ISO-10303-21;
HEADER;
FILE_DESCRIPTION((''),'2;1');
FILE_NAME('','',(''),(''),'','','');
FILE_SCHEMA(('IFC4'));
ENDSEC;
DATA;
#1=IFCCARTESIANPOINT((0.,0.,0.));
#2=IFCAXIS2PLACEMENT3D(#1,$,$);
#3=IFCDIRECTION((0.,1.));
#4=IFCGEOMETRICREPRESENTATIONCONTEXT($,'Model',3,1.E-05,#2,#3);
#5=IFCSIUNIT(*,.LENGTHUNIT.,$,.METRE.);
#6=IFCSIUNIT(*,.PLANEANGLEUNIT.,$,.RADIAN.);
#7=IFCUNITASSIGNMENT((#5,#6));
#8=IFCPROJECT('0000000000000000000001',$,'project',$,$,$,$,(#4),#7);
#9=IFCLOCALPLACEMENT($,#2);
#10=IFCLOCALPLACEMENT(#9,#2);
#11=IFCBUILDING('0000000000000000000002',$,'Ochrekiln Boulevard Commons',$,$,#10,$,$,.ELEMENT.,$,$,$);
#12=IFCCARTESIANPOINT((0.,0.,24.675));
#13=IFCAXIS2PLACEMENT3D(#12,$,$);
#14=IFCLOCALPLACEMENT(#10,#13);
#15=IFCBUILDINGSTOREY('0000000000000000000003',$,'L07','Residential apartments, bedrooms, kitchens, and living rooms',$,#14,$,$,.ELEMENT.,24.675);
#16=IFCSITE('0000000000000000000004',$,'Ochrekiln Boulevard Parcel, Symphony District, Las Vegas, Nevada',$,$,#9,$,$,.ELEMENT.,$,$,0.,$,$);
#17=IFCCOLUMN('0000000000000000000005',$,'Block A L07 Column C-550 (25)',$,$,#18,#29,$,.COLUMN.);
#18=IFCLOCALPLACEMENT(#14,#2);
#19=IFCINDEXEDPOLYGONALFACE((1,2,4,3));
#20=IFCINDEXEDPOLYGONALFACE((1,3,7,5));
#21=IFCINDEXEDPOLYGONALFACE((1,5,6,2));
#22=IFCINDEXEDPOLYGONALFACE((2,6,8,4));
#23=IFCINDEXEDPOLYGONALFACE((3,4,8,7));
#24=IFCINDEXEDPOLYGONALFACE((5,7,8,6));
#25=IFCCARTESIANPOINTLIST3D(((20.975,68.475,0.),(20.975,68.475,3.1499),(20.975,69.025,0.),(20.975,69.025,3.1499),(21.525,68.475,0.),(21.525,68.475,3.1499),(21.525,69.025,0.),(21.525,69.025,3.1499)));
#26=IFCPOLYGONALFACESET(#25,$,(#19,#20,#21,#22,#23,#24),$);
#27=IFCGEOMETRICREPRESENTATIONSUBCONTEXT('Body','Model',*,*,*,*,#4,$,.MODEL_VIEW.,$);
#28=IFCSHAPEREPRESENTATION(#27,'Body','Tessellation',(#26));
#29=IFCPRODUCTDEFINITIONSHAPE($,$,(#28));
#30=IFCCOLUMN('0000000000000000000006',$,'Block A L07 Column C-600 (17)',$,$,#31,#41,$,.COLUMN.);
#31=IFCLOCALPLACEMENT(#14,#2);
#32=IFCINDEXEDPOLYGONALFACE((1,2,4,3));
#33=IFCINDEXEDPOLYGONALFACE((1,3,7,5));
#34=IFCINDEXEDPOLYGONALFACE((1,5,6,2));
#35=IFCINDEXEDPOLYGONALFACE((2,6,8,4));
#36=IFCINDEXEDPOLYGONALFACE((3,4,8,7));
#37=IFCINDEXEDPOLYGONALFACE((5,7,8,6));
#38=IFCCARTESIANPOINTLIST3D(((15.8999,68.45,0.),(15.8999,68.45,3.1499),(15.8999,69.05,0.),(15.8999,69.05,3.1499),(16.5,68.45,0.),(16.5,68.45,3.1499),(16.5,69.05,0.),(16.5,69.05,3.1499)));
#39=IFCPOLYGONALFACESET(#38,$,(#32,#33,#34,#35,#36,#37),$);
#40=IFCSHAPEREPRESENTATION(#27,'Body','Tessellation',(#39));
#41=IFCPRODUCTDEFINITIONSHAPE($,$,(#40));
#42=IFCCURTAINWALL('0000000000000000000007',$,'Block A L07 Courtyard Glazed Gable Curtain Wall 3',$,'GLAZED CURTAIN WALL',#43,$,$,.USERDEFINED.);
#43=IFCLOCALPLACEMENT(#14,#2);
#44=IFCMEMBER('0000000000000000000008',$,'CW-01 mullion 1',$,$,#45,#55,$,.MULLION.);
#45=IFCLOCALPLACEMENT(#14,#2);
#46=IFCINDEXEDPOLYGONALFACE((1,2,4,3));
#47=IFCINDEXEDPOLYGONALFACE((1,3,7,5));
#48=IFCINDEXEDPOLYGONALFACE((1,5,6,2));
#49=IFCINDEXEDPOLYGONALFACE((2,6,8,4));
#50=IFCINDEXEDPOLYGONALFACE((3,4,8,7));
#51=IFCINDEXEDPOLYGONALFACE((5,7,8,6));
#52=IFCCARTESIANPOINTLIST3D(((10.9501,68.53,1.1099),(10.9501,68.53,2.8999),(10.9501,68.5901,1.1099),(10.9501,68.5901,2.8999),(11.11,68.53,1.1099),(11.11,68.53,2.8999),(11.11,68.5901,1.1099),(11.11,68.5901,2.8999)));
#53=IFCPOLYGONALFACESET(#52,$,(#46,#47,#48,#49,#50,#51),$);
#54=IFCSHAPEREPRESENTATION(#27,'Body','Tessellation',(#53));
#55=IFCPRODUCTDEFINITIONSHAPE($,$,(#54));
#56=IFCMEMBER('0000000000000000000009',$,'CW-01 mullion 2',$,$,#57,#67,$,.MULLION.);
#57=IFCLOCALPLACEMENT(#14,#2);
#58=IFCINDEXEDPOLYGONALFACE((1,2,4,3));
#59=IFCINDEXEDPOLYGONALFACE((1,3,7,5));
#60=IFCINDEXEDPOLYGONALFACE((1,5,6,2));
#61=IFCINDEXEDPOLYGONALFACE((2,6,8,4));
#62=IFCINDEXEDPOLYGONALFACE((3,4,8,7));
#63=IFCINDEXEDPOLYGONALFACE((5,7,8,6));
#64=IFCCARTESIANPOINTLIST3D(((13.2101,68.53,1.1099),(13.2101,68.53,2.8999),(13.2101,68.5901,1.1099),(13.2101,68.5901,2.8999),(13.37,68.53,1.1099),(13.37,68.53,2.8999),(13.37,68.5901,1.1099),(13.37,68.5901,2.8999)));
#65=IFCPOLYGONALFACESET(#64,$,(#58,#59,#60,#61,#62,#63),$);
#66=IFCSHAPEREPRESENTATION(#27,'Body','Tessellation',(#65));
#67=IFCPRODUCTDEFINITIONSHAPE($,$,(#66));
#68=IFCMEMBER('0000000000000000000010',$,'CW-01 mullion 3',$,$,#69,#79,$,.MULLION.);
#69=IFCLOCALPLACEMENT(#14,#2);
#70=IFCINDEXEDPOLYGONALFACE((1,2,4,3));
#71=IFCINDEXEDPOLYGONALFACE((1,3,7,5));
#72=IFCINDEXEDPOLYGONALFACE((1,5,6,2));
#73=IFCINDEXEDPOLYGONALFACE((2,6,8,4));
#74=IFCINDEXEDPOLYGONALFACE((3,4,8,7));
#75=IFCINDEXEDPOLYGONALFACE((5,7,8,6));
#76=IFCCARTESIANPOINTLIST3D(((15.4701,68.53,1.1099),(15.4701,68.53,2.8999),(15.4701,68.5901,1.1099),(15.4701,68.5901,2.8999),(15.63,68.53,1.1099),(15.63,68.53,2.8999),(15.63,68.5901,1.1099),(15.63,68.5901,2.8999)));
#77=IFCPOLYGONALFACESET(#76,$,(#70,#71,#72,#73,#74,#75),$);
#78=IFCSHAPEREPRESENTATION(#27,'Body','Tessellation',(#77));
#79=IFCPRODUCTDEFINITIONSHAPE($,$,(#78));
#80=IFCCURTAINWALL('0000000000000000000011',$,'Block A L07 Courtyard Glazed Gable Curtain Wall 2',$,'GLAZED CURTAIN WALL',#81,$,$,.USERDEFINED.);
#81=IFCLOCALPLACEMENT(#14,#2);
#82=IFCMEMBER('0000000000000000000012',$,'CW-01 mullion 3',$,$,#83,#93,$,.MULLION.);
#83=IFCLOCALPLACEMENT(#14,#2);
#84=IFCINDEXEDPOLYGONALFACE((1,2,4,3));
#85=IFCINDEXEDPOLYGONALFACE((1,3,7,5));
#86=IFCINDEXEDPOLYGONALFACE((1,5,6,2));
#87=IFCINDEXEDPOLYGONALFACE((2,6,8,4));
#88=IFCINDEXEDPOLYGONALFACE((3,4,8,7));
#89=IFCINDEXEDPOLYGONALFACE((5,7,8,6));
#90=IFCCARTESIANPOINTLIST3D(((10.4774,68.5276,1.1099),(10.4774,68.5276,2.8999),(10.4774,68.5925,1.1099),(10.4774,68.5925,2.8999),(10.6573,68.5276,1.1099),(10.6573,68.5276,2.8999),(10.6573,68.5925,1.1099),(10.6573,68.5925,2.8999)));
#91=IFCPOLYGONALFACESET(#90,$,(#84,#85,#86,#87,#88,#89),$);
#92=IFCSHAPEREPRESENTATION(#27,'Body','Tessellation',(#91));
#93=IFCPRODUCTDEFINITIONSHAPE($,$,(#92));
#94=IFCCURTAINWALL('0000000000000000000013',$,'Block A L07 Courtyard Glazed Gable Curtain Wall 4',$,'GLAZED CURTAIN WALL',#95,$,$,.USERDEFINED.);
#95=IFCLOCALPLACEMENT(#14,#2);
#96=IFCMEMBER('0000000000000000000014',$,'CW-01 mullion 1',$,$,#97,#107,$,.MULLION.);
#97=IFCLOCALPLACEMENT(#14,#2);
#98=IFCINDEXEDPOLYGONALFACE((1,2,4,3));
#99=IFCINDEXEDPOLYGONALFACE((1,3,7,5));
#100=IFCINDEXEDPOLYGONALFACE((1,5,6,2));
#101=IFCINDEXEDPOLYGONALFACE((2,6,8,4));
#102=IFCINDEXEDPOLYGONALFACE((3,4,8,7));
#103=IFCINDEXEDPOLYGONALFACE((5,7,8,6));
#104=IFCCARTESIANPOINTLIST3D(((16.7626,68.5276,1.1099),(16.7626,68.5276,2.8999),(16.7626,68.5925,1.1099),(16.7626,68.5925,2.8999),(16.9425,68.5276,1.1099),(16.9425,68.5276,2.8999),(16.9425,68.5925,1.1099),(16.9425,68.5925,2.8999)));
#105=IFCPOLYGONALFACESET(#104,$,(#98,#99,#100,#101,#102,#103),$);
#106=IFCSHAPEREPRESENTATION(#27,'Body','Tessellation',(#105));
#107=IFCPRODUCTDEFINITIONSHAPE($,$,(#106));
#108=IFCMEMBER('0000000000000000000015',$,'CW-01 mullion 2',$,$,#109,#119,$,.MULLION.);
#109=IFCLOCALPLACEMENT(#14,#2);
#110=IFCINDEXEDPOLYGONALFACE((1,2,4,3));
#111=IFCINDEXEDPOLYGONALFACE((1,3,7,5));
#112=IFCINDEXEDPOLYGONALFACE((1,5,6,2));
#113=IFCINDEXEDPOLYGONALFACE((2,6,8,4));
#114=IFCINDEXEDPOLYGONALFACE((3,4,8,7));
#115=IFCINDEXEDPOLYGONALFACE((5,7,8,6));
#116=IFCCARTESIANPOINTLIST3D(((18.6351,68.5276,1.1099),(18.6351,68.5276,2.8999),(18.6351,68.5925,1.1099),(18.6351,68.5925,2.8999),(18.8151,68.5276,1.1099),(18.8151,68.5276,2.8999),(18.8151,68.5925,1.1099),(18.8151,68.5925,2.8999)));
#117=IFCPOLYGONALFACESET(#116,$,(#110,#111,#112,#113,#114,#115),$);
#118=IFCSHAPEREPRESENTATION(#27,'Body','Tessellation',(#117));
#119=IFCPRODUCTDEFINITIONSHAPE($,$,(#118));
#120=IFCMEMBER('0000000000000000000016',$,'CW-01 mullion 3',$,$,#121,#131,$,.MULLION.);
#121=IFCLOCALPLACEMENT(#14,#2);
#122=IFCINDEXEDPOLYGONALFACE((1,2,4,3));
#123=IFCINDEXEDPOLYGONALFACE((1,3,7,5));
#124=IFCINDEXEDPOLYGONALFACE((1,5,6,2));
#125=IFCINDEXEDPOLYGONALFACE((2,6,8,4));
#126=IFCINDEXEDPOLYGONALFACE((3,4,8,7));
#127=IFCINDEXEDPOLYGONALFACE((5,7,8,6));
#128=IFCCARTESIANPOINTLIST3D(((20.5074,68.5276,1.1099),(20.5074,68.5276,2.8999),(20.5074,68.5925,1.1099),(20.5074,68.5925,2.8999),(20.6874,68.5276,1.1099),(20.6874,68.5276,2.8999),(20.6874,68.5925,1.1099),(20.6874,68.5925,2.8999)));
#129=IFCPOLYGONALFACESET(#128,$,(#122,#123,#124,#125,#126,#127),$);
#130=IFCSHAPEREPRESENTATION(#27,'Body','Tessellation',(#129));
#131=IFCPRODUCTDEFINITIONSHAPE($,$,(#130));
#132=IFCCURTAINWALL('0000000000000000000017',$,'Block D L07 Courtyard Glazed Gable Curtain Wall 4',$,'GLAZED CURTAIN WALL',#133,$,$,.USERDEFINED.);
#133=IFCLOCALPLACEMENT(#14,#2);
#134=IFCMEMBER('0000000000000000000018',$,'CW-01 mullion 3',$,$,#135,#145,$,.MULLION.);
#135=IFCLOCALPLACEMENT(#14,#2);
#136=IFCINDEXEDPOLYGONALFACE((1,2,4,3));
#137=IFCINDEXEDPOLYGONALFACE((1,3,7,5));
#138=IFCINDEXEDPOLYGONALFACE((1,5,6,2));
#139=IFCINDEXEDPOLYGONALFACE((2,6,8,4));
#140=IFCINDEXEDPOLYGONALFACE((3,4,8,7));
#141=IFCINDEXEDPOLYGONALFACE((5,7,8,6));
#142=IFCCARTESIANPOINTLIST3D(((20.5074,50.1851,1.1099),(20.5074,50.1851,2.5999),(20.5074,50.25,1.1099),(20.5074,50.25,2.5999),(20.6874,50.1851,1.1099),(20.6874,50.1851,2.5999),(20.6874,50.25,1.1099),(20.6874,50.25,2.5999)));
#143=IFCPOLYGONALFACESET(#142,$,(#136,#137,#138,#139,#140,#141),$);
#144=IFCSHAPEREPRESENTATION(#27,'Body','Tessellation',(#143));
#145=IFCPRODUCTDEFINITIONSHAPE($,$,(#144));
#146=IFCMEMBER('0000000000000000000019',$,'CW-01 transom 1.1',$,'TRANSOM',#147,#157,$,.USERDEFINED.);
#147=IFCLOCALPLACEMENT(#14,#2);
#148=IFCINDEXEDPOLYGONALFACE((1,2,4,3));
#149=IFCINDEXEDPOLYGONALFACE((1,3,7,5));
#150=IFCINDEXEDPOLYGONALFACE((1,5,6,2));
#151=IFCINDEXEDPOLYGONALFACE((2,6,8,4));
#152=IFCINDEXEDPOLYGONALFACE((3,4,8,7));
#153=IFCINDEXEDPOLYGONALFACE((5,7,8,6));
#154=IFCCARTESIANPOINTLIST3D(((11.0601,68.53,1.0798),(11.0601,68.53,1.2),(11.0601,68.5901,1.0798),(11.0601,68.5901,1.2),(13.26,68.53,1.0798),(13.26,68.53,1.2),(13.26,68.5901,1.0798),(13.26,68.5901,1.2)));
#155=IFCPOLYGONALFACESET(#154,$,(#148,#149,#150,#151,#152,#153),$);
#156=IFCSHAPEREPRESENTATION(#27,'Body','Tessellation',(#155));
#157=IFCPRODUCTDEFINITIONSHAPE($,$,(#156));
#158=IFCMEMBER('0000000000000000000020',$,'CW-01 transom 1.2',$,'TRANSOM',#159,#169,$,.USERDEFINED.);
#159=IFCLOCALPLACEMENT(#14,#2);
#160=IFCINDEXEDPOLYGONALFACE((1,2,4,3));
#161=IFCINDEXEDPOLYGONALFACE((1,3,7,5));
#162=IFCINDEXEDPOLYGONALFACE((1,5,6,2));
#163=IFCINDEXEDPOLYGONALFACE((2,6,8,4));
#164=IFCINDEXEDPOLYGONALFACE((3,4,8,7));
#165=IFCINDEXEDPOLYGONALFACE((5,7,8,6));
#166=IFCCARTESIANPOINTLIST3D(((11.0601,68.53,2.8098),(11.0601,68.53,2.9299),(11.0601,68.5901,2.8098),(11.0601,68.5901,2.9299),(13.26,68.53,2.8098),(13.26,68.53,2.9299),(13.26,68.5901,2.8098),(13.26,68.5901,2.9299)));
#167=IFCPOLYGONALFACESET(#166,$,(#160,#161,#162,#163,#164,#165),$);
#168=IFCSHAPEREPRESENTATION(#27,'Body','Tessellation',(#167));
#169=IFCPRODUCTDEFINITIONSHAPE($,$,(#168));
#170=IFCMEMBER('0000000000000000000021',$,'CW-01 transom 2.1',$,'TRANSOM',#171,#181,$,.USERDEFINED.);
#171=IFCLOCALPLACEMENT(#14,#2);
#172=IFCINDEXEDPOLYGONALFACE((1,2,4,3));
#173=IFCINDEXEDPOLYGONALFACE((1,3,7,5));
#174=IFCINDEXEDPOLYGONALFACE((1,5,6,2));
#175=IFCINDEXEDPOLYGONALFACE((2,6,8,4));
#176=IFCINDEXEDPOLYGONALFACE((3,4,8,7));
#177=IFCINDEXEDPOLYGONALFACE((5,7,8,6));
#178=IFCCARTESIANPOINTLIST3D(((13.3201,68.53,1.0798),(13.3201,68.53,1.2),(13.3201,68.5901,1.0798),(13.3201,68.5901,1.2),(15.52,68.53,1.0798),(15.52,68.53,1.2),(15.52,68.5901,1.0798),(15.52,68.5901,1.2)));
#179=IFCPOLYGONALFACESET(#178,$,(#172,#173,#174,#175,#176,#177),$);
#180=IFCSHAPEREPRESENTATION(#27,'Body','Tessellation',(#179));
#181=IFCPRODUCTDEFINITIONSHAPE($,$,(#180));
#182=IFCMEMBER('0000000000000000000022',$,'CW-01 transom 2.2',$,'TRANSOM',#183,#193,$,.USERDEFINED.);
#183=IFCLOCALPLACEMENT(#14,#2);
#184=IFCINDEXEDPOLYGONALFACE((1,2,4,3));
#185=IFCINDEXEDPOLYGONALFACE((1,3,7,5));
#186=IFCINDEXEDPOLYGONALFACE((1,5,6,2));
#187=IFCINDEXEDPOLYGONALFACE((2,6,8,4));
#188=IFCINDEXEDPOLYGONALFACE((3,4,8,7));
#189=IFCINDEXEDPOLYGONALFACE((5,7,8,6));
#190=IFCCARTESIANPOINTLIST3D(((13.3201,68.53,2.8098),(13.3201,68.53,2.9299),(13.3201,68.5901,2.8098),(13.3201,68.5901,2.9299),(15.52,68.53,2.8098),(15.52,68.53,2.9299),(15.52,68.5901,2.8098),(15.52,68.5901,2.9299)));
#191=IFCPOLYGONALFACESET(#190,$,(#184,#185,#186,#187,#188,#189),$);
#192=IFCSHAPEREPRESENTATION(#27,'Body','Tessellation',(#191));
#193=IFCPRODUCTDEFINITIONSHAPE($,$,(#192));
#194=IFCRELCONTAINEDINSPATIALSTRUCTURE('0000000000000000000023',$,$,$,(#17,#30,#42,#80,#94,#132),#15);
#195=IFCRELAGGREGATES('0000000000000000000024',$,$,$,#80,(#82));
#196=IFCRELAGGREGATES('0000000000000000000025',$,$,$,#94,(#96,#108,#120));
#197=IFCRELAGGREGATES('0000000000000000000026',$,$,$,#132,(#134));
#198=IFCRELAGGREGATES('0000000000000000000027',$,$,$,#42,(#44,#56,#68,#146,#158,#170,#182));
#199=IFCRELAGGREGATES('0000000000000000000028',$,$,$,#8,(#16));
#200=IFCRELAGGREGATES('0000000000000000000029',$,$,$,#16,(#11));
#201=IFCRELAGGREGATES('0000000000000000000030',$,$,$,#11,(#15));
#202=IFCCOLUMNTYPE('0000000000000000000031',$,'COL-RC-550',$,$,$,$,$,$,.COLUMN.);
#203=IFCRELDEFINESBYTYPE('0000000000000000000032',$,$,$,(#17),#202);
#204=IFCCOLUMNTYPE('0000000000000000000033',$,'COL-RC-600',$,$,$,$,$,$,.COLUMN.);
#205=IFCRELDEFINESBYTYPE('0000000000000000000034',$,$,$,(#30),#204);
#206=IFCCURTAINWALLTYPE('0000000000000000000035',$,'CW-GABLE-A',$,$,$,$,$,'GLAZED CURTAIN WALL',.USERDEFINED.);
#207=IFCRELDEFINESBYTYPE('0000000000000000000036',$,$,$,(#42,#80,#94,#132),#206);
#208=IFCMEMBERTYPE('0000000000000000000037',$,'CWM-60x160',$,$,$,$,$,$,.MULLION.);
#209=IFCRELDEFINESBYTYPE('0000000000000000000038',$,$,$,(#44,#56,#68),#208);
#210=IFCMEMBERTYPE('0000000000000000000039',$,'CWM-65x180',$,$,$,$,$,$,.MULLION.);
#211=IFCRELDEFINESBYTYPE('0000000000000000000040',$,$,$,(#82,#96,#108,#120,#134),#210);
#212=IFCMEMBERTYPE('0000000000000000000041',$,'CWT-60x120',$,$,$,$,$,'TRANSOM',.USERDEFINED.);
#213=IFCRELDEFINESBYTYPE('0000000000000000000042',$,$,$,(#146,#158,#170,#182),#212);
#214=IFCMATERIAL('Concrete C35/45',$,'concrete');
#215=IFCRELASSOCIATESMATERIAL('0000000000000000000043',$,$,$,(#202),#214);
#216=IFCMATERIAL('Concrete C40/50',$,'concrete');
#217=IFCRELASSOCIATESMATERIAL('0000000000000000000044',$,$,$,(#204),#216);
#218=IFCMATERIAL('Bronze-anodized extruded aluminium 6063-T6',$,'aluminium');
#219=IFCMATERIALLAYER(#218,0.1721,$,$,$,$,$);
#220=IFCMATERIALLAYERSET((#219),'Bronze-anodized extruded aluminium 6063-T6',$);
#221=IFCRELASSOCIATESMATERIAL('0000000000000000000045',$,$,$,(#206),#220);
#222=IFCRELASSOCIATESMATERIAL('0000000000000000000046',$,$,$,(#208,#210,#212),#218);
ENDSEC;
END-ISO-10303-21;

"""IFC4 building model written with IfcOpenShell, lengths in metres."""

from ifc_helpers import new_model, si_unit, direction, frame, origin, origin_2d, place, context, subcontext, project, spatial, rectangle, extrude, material, layer, layer_set, material_profile, profile_set, type_object, element, aggregate, save


model = new_model("IFC4")

# Units and contexts
model_context = context("Model", 3, precision=1e-05, world=origin(), true_north=direction((0.0, 1.0)))
body_context = subcontext(model_context, "Body", "Model", "MODEL_VIEW")
ifc_project = project(units=[si_unit("LENGTHUNIT", "METRE"), si_unit("PLANEANGLEUNIT", "RADIAN")], contexts=[model_context])

# Site, building, storey
site_placement = place(None, origin())
site = spatial("IfcSite", under=ifc_project, at=site_placement, Name="Ochrekiln Boulevard Parcel, Symphony District, Las Vegas, Nevada", CompositionType="ELEMENT", RefElevation=0.0)
building_placement = place(site_placement, origin())
building = spatial("IfcBuilding", under=site, at=building_placement, Name="Ochrekiln Boulevard Commons", CompositionType="ELEMENT")
storey_placement = place(building_placement, frame((0.0, 0.0, 24.675)))
storey = spatial("IfcBuildingStorey", under=building, at=storey_placement, Name="L07", Description="Residential apartments, bedrooms, kitchens, and living rooms", CompositionType="ELEMENT", Elevation=24.675)

# Columns
ifc_material_1 = material(Name="Concrete C35/45", Category="concrete")
ifc_material_profile_1 = material_profile(ifc_material_1, rectangle(XDim=0.55, YDim=0.55, at=origin_2d()), Name="RC-COL-550x550")
ifc_profile_set_1 = profile_set([ifc_material_profile_1], Name="Concrete C35/45")
column_type_1 = type_object("IfcColumnType", Name="COL-RC-550", PredefinedType="COLUMN", material=ifc_profile_set_1)
column_1_placement = place(storey_placement, frame((21.25, 68.75, 0.0), z_axis=(0.0, 0.0, 1.0), x_axis=(1.0, 0.0, 0.0)))
element("IfcColumn", 1, at=column_1_placement, inside=storey, type_object=column_type_1, Name="Block A L07 Column C-550 (25)", PredefinedType="COLUMN", context=body_context, shape_type="SweptSolid", body=[
    extrude(rectangle(XDim=0.55, YDim=0.55, at=origin_2d()), origin(), (0.0, 0.0, 1.0), 3.1499),
])
ifc_material_2 = material(Name="Concrete C40/50", Category="concrete")
ifc_material_profile_2 = material_profile(ifc_material_2, rectangle(XDim=0.6001, YDim=0.6001, at=origin_2d()), Name="RC-COL-600x600")
ifc_profile_set_2 = profile_set([ifc_material_profile_2], Name="Concrete C40/50")
column_type_2 = type_object("IfcColumnType", Name="COL-RC-600", PredefinedType="COLUMN", material=ifc_profile_set_2)
column_2_placement = place(storey_placement, frame((16.2, 68.75, 0.0), z_axis=(0.0, 0.0, 1.0), x_axis=(1.0, 0.0, 0.0)))
element("IfcColumn", 2, at=column_2_placement, inside=storey, type_object=column_type_2, Name="Block A L07 Column C-600 (17)", PredefinedType="COLUMN", context=body_context, shape_type="SweptSolid", body=[
    extrude(rectangle(XDim=0.6001, YDim=0.6001, at=origin_2d()), origin(), (0.0, 0.0, 1.0), 3.1499),
])

# Curtain wall, members
ifc_material_3 = material(Name="Bronze-anodized extruded aluminium 6063-T6", Category="aluminium")
ifc_layer_1 = layer(ifc_material_3, 0.1721)
ifc_layer_set_1 = layer_set([ifc_layer_1], Name="Bronze-anodized extruded aluminium 6063-T6")
curtain_wall_type = type_object("IfcCurtainWallType", Name="CW-GABLE-A", ElementType="GLAZED CURTAIN WALL", PredefinedType="USERDEFINED", material=ifc_layer_set_1)
curtain_wall_1_placement = place(storey_placement, origin())
curtain_wall_1 = element("IfcCurtainWall", 3, at=curtain_wall_1_placement, inside=storey, type_object=curtain_wall_type, Name="Block A L07 Courtyard Glazed Gable Curtain Wall 3", ObjectType="GLAZED CURTAIN WALL", PredefinedType="USERDEFINED")
ifc_material_profile_3 = material_profile(ifc_material_3, rectangle(XDim=0.0601, YDim=0.1599, at=origin_2d()), Name="ALU-MUL-60x160")
ifc_profile_set_3 = profile_set([ifc_material_profile_3], Name="Bronze-anodized extruded aluminium 6063-T6")
member_type_1 = type_object("IfcMemberType", Name="CWM-60x160", PredefinedType="MULLION", material=ifc_profile_set_3)
member_1_placement = place(storey_placement, frame((11.03, 68.5601, 1.1099), z_axis=(0.0, 0.0, 1.0), x_axis=(0.0, 1.0, 0.0)))
member_1 = element("IfcMember", 4, at=member_1_placement, type_object=member_type_1, Name="CW-01 mullion 1", PredefinedType="MULLION", context=body_context, shape_type="SweptSolid", body=[
    extrude(rectangle(XDim=0.0601, YDim=0.1599, at=origin_2d()), origin(), (0.0, 0.0, 1.0), 1.79),
])
member_2_placement = place(storey_placement, frame((13.29, 68.5601, 1.1099), z_axis=(0.0, 0.0, 1.0), x_axis=(0.0, 1.0, 0.0)))
member_2 = element("IfcMember", 5, at=member_2_placement, type_object=member_type_1, Name="CW-01 mullion 2", PredefinedType="MULLION", context=body_context, shape_type="SweptSolid", body=[
    extrude(rectangle(XDim=0.0601, YDim=0.1599, at=origin_2d()), origin(), (0.0, 0.0, 1.0), 1.79),
])
member_3_placement = place(storey_placement, frame((15.55, 68.5601, 1.1099), z_axis=(0.0, 0.0, 1.0), x_axis=(0.0, 1.0, 0.0)))
member_3 = element("IfcMember", 6, at=member_3_placement, type_object=member_type_1, Name="CW-01 mullion 3", PredefinedType="MULLION", context=body_context, shape_type="SweptSolid", body=[
    extrude(rectangle(XDim=0.0601, YDim=0.1599, at=origin_2d()), origin(), (0.0, 0.0, 1.0), 1.79),
])

# Curtain wall, member
curtain_wall_2_placement = place(storey_placement, origin())
curtain_wall_2 = element("IfcCurtainWall", 7, at=curtain_wall_2_placement, inside=storey, type_object=curtain_wall_type, Name="Block A L07 Courtyard Glazed Gable Curtain Wall 2", ObjectType="GLAZED CURTAIN WALL", PredefinedType="USERDEFINED")
ifc_material_profile_4 = material_profile(ifc_material_3, rectangle(XDim=0.0649, YDim=0.1799, at=origin_2d()), Name="ALU-MUL-65x180")
ifc_profile_set_4 = profile_set([ifc_material_profile_4], Name="Bronze-anodized extruded aluminium 6063-T6")
member_type_2 = type_object("IfcMemberType", Name="CWM-65x180", PredefinedType="MULLION", material=ifc_profile_set_4)
member_4_placement = place(storey_placement, frame((10.5674, 68.5601, 1.1099), z_axis=(0.0, 0.0, 1.0), x_axis=(0.0, 1.0, 0.0)))
member_4 = element("IfcMember", 8, at=member_4_placement, type_object=member_type_2, Name="CW-01 mullion 3", PredefinedType="MULLION", context=body_context, shape_type="SweptSolid", body=[
    extrude(rectangle(XDim=0.0649, YDim=0.1799, at=origin_2d()), origin(), (0.0, 0.0, 1.0), 1.79),
])
aggregate(curtain_wall_2, [member_4])

# Curtain wall, members
curtain_wall_3_placement = place(storey_placement, origin())
curtain_wall_3 = element("IfcCurtainWall", 9, at=curtain_wall_3_placement, inside=storey, type_object=curtain_wall_type, Name="Block A L07 Courtyard Glazed Gable Curtain Wall 4", ObjectType="GLAZED CURTAIN WALL", PredefinedType="USERDEFINED")
member_5_placement = place(storey_placement, frame((16.8525, 68.5601, 1.1099), z_axis=(0.0, 0.0, 1.0), x_axis=(0.0, 1.0, 0.0)))
member_5 = element("IfcMember", 10, at=member_5_placement, type_object=member_type_2, Name="CW-01 mullion 1", PredefinedType="MULLION", context=body_context, shape_type="SweptSolid", body=[
    extrude(rectangle(XDim=0.0649, YDim=0.1799, at=origin_2d()), origin(), (0.0, 0.0, 1.0), 1.79),
])
member_6_placement = place(storey_placement, frame((18.7251, 68.5601, 1.1099), z_axis=(0.0, 0.0, 1.0), x_axis=(0.0, 1.0, 0.0)))
member_6 = element("IfcMember", 11, at=member_6_placement, type_object=member_type_2, Name="CW-01 mullion 2", PredefinedType="MULLION", context=body_context, shape_type="SweptSolid", body=[
    extrude(rectangle(XDim=0.0649, YDim=0.1799, at=origin_2d()), origin(), (0.0, 0.0, 1.0), 1.79),
])
member_7_placement = place(storey_placement, frame((20.5974, 68.5601, 1.1099), z_axis=(0.0, 0.0, 1.0), x_axis=(0.0, 1.0, 0.0)))
member_7 = element("IfcMember", 12, at=member_7_placement, type_object=member_type_2, Name="CW-01 mullion 3", PredefinedType="MULLION", context=body_context, shape_type="SweptSolid", body=[
    extrude(rectangle(XDim=0.0649, YDim=0.1799, at=origin_2d()), origin(), (0.0, 0.0, 1.0), 1.79),
])

# Curtain wall, member
curtain_wall_4_placement = place(storey_placement, origin())
curtain_wall_4 = element("IfcCurtainWall", 13, at=curtain_wall_4_placement, inside=storey, type_object=curtain_wall_type, Name="Block D L07 Courtyard Glazed Gable Curtain Wall 4", ObjectType="GLAZED CURTAIN WALL", PredefinedType="USERDEFINED")
member_8_placement = place(storey_placement, frame((20.5974, 50.2175, 1.1099), z_axis=(0.0, 0.0, 1.0), x_axis=(0.0, 1.0, 0.0)))
member_8 = element("IfcMember", 14, at=member_8_placement, type_object=member_type_2, Name="CW-01 mullion 3", PredefinedType="MULLION", context=body_context, shape_type="SweptSolid", body=[
    extrude(rectangle(XDim=0.0649, YDim=0.1799, at=origin_2d()), origin(), (0.0, 0.0, 1.0), 1.49),
])

# Members
ifc_material_profile_5 = material_profile(ifc_material_3, rectangle(XDim=0.0601, YDim=0.1201, at=origin_2d()), Name="ALU-TRN-60x120")
ifc_profile_set_5 = profile_set([ifc_material_profile_5], Name="Bronze-anodized extruded aluminium 6063-T6")
member_type_3 = type_object("IfcMemberType", Name="CWT-60x120", ElementType="TRANSOM", PredefinedType="USERDEFINED", material=ifc_profile_set_5)
member_9_placement = place(storey_placement, frame((11.0601, 68.5601, 1.1399), z_axis=(1.0, 0.0, 0.0), x_axis=(0.0, 1.0, 0.0)))
member_9 = element("IfcMember", 15, at=member_9_placement, type_object=member_type_3, Name="CW-01 transom 1.1", ObjectType="TRANSOM", PredefinedType="USERDEFINED", context=body_context, shape_type="SweptSolid", body=[
    extrude(rectangle(XDim=0.0601, YDim=0.1201, at=origin_2d()), origin(), (0.0, 0.0, 1.0), 2.2),
])
member_10_placement = place(storey_placement, frame((11.0601, 68.5601, 2.8699), z_axis=(1.0, 0.0, 0.0), x_axis=(0.0, 1.0, 0.0)))
member_10 = element("IfcMember", 16, at=member_10_placement, type_object=member_type_3, Name="CW-01 transom 1.2", ObjectType="TRANSOM", PredefinedType="USERDEFINED", context=body_context, shape_type="SweptSolid", body=[
    extrude(rectangle(XDim=0.0601, YDim=0.1201, at=origin_2d()), origin(), (0.0, 0.0, 1.0), 2.2),
])
member_11_placement = place(storey_placement, frame((13.3201, 68.5601, 1.1399), z_axis=(1.0, 0.0, 0.0), x_axis=(0.0, 1.0, 0.0)))
member_11 = element("IfcMember", 17, at=member_11_placement, type_object=member_type_3, Name="CW-01 transom 2.1", ObjectType="TRANSOM", PredefinedType="USERDEFINED", context=body_context, shape_type="SweptSolid", body=[
    extrude(rectangle(XDim=0.0601, YDim=0.1201, at=origin_2d()), origin(), (0.0, 0.0, 1.0), 2.2),
])
member_12_placement = place(storey_placement, frame((13.3201, 68.5601, 2.8699), z_axis=(1.0, 0.0, 0.0), x_axis=(0.0, 1.0, 0.0)))
member_12 = element("IfcMember", 18, at=member_12_placement, type_object=member_type_3, Name="CW-01 transom 2.2", ObjectType="TRANSOM", PredefinedType="USERDEFINED", context=body_context, shape_type="SweptSolid", body=[
    extrude(rectangle(XDim=0.0601, YDim=0.1201, at=origin_2d()), origin(), (0.0, 0.0, 1.0), 2.2),
])

aggregate(curtain_wall_3, [member_5, member_6, member_7])
aggregate(curtain_wall_4, [member_8])
aggregate(curtain_wall_1, [member_1, member_2, member_3, member_9, member_10, member_11, member_12])

save(model, "model.ifc")
